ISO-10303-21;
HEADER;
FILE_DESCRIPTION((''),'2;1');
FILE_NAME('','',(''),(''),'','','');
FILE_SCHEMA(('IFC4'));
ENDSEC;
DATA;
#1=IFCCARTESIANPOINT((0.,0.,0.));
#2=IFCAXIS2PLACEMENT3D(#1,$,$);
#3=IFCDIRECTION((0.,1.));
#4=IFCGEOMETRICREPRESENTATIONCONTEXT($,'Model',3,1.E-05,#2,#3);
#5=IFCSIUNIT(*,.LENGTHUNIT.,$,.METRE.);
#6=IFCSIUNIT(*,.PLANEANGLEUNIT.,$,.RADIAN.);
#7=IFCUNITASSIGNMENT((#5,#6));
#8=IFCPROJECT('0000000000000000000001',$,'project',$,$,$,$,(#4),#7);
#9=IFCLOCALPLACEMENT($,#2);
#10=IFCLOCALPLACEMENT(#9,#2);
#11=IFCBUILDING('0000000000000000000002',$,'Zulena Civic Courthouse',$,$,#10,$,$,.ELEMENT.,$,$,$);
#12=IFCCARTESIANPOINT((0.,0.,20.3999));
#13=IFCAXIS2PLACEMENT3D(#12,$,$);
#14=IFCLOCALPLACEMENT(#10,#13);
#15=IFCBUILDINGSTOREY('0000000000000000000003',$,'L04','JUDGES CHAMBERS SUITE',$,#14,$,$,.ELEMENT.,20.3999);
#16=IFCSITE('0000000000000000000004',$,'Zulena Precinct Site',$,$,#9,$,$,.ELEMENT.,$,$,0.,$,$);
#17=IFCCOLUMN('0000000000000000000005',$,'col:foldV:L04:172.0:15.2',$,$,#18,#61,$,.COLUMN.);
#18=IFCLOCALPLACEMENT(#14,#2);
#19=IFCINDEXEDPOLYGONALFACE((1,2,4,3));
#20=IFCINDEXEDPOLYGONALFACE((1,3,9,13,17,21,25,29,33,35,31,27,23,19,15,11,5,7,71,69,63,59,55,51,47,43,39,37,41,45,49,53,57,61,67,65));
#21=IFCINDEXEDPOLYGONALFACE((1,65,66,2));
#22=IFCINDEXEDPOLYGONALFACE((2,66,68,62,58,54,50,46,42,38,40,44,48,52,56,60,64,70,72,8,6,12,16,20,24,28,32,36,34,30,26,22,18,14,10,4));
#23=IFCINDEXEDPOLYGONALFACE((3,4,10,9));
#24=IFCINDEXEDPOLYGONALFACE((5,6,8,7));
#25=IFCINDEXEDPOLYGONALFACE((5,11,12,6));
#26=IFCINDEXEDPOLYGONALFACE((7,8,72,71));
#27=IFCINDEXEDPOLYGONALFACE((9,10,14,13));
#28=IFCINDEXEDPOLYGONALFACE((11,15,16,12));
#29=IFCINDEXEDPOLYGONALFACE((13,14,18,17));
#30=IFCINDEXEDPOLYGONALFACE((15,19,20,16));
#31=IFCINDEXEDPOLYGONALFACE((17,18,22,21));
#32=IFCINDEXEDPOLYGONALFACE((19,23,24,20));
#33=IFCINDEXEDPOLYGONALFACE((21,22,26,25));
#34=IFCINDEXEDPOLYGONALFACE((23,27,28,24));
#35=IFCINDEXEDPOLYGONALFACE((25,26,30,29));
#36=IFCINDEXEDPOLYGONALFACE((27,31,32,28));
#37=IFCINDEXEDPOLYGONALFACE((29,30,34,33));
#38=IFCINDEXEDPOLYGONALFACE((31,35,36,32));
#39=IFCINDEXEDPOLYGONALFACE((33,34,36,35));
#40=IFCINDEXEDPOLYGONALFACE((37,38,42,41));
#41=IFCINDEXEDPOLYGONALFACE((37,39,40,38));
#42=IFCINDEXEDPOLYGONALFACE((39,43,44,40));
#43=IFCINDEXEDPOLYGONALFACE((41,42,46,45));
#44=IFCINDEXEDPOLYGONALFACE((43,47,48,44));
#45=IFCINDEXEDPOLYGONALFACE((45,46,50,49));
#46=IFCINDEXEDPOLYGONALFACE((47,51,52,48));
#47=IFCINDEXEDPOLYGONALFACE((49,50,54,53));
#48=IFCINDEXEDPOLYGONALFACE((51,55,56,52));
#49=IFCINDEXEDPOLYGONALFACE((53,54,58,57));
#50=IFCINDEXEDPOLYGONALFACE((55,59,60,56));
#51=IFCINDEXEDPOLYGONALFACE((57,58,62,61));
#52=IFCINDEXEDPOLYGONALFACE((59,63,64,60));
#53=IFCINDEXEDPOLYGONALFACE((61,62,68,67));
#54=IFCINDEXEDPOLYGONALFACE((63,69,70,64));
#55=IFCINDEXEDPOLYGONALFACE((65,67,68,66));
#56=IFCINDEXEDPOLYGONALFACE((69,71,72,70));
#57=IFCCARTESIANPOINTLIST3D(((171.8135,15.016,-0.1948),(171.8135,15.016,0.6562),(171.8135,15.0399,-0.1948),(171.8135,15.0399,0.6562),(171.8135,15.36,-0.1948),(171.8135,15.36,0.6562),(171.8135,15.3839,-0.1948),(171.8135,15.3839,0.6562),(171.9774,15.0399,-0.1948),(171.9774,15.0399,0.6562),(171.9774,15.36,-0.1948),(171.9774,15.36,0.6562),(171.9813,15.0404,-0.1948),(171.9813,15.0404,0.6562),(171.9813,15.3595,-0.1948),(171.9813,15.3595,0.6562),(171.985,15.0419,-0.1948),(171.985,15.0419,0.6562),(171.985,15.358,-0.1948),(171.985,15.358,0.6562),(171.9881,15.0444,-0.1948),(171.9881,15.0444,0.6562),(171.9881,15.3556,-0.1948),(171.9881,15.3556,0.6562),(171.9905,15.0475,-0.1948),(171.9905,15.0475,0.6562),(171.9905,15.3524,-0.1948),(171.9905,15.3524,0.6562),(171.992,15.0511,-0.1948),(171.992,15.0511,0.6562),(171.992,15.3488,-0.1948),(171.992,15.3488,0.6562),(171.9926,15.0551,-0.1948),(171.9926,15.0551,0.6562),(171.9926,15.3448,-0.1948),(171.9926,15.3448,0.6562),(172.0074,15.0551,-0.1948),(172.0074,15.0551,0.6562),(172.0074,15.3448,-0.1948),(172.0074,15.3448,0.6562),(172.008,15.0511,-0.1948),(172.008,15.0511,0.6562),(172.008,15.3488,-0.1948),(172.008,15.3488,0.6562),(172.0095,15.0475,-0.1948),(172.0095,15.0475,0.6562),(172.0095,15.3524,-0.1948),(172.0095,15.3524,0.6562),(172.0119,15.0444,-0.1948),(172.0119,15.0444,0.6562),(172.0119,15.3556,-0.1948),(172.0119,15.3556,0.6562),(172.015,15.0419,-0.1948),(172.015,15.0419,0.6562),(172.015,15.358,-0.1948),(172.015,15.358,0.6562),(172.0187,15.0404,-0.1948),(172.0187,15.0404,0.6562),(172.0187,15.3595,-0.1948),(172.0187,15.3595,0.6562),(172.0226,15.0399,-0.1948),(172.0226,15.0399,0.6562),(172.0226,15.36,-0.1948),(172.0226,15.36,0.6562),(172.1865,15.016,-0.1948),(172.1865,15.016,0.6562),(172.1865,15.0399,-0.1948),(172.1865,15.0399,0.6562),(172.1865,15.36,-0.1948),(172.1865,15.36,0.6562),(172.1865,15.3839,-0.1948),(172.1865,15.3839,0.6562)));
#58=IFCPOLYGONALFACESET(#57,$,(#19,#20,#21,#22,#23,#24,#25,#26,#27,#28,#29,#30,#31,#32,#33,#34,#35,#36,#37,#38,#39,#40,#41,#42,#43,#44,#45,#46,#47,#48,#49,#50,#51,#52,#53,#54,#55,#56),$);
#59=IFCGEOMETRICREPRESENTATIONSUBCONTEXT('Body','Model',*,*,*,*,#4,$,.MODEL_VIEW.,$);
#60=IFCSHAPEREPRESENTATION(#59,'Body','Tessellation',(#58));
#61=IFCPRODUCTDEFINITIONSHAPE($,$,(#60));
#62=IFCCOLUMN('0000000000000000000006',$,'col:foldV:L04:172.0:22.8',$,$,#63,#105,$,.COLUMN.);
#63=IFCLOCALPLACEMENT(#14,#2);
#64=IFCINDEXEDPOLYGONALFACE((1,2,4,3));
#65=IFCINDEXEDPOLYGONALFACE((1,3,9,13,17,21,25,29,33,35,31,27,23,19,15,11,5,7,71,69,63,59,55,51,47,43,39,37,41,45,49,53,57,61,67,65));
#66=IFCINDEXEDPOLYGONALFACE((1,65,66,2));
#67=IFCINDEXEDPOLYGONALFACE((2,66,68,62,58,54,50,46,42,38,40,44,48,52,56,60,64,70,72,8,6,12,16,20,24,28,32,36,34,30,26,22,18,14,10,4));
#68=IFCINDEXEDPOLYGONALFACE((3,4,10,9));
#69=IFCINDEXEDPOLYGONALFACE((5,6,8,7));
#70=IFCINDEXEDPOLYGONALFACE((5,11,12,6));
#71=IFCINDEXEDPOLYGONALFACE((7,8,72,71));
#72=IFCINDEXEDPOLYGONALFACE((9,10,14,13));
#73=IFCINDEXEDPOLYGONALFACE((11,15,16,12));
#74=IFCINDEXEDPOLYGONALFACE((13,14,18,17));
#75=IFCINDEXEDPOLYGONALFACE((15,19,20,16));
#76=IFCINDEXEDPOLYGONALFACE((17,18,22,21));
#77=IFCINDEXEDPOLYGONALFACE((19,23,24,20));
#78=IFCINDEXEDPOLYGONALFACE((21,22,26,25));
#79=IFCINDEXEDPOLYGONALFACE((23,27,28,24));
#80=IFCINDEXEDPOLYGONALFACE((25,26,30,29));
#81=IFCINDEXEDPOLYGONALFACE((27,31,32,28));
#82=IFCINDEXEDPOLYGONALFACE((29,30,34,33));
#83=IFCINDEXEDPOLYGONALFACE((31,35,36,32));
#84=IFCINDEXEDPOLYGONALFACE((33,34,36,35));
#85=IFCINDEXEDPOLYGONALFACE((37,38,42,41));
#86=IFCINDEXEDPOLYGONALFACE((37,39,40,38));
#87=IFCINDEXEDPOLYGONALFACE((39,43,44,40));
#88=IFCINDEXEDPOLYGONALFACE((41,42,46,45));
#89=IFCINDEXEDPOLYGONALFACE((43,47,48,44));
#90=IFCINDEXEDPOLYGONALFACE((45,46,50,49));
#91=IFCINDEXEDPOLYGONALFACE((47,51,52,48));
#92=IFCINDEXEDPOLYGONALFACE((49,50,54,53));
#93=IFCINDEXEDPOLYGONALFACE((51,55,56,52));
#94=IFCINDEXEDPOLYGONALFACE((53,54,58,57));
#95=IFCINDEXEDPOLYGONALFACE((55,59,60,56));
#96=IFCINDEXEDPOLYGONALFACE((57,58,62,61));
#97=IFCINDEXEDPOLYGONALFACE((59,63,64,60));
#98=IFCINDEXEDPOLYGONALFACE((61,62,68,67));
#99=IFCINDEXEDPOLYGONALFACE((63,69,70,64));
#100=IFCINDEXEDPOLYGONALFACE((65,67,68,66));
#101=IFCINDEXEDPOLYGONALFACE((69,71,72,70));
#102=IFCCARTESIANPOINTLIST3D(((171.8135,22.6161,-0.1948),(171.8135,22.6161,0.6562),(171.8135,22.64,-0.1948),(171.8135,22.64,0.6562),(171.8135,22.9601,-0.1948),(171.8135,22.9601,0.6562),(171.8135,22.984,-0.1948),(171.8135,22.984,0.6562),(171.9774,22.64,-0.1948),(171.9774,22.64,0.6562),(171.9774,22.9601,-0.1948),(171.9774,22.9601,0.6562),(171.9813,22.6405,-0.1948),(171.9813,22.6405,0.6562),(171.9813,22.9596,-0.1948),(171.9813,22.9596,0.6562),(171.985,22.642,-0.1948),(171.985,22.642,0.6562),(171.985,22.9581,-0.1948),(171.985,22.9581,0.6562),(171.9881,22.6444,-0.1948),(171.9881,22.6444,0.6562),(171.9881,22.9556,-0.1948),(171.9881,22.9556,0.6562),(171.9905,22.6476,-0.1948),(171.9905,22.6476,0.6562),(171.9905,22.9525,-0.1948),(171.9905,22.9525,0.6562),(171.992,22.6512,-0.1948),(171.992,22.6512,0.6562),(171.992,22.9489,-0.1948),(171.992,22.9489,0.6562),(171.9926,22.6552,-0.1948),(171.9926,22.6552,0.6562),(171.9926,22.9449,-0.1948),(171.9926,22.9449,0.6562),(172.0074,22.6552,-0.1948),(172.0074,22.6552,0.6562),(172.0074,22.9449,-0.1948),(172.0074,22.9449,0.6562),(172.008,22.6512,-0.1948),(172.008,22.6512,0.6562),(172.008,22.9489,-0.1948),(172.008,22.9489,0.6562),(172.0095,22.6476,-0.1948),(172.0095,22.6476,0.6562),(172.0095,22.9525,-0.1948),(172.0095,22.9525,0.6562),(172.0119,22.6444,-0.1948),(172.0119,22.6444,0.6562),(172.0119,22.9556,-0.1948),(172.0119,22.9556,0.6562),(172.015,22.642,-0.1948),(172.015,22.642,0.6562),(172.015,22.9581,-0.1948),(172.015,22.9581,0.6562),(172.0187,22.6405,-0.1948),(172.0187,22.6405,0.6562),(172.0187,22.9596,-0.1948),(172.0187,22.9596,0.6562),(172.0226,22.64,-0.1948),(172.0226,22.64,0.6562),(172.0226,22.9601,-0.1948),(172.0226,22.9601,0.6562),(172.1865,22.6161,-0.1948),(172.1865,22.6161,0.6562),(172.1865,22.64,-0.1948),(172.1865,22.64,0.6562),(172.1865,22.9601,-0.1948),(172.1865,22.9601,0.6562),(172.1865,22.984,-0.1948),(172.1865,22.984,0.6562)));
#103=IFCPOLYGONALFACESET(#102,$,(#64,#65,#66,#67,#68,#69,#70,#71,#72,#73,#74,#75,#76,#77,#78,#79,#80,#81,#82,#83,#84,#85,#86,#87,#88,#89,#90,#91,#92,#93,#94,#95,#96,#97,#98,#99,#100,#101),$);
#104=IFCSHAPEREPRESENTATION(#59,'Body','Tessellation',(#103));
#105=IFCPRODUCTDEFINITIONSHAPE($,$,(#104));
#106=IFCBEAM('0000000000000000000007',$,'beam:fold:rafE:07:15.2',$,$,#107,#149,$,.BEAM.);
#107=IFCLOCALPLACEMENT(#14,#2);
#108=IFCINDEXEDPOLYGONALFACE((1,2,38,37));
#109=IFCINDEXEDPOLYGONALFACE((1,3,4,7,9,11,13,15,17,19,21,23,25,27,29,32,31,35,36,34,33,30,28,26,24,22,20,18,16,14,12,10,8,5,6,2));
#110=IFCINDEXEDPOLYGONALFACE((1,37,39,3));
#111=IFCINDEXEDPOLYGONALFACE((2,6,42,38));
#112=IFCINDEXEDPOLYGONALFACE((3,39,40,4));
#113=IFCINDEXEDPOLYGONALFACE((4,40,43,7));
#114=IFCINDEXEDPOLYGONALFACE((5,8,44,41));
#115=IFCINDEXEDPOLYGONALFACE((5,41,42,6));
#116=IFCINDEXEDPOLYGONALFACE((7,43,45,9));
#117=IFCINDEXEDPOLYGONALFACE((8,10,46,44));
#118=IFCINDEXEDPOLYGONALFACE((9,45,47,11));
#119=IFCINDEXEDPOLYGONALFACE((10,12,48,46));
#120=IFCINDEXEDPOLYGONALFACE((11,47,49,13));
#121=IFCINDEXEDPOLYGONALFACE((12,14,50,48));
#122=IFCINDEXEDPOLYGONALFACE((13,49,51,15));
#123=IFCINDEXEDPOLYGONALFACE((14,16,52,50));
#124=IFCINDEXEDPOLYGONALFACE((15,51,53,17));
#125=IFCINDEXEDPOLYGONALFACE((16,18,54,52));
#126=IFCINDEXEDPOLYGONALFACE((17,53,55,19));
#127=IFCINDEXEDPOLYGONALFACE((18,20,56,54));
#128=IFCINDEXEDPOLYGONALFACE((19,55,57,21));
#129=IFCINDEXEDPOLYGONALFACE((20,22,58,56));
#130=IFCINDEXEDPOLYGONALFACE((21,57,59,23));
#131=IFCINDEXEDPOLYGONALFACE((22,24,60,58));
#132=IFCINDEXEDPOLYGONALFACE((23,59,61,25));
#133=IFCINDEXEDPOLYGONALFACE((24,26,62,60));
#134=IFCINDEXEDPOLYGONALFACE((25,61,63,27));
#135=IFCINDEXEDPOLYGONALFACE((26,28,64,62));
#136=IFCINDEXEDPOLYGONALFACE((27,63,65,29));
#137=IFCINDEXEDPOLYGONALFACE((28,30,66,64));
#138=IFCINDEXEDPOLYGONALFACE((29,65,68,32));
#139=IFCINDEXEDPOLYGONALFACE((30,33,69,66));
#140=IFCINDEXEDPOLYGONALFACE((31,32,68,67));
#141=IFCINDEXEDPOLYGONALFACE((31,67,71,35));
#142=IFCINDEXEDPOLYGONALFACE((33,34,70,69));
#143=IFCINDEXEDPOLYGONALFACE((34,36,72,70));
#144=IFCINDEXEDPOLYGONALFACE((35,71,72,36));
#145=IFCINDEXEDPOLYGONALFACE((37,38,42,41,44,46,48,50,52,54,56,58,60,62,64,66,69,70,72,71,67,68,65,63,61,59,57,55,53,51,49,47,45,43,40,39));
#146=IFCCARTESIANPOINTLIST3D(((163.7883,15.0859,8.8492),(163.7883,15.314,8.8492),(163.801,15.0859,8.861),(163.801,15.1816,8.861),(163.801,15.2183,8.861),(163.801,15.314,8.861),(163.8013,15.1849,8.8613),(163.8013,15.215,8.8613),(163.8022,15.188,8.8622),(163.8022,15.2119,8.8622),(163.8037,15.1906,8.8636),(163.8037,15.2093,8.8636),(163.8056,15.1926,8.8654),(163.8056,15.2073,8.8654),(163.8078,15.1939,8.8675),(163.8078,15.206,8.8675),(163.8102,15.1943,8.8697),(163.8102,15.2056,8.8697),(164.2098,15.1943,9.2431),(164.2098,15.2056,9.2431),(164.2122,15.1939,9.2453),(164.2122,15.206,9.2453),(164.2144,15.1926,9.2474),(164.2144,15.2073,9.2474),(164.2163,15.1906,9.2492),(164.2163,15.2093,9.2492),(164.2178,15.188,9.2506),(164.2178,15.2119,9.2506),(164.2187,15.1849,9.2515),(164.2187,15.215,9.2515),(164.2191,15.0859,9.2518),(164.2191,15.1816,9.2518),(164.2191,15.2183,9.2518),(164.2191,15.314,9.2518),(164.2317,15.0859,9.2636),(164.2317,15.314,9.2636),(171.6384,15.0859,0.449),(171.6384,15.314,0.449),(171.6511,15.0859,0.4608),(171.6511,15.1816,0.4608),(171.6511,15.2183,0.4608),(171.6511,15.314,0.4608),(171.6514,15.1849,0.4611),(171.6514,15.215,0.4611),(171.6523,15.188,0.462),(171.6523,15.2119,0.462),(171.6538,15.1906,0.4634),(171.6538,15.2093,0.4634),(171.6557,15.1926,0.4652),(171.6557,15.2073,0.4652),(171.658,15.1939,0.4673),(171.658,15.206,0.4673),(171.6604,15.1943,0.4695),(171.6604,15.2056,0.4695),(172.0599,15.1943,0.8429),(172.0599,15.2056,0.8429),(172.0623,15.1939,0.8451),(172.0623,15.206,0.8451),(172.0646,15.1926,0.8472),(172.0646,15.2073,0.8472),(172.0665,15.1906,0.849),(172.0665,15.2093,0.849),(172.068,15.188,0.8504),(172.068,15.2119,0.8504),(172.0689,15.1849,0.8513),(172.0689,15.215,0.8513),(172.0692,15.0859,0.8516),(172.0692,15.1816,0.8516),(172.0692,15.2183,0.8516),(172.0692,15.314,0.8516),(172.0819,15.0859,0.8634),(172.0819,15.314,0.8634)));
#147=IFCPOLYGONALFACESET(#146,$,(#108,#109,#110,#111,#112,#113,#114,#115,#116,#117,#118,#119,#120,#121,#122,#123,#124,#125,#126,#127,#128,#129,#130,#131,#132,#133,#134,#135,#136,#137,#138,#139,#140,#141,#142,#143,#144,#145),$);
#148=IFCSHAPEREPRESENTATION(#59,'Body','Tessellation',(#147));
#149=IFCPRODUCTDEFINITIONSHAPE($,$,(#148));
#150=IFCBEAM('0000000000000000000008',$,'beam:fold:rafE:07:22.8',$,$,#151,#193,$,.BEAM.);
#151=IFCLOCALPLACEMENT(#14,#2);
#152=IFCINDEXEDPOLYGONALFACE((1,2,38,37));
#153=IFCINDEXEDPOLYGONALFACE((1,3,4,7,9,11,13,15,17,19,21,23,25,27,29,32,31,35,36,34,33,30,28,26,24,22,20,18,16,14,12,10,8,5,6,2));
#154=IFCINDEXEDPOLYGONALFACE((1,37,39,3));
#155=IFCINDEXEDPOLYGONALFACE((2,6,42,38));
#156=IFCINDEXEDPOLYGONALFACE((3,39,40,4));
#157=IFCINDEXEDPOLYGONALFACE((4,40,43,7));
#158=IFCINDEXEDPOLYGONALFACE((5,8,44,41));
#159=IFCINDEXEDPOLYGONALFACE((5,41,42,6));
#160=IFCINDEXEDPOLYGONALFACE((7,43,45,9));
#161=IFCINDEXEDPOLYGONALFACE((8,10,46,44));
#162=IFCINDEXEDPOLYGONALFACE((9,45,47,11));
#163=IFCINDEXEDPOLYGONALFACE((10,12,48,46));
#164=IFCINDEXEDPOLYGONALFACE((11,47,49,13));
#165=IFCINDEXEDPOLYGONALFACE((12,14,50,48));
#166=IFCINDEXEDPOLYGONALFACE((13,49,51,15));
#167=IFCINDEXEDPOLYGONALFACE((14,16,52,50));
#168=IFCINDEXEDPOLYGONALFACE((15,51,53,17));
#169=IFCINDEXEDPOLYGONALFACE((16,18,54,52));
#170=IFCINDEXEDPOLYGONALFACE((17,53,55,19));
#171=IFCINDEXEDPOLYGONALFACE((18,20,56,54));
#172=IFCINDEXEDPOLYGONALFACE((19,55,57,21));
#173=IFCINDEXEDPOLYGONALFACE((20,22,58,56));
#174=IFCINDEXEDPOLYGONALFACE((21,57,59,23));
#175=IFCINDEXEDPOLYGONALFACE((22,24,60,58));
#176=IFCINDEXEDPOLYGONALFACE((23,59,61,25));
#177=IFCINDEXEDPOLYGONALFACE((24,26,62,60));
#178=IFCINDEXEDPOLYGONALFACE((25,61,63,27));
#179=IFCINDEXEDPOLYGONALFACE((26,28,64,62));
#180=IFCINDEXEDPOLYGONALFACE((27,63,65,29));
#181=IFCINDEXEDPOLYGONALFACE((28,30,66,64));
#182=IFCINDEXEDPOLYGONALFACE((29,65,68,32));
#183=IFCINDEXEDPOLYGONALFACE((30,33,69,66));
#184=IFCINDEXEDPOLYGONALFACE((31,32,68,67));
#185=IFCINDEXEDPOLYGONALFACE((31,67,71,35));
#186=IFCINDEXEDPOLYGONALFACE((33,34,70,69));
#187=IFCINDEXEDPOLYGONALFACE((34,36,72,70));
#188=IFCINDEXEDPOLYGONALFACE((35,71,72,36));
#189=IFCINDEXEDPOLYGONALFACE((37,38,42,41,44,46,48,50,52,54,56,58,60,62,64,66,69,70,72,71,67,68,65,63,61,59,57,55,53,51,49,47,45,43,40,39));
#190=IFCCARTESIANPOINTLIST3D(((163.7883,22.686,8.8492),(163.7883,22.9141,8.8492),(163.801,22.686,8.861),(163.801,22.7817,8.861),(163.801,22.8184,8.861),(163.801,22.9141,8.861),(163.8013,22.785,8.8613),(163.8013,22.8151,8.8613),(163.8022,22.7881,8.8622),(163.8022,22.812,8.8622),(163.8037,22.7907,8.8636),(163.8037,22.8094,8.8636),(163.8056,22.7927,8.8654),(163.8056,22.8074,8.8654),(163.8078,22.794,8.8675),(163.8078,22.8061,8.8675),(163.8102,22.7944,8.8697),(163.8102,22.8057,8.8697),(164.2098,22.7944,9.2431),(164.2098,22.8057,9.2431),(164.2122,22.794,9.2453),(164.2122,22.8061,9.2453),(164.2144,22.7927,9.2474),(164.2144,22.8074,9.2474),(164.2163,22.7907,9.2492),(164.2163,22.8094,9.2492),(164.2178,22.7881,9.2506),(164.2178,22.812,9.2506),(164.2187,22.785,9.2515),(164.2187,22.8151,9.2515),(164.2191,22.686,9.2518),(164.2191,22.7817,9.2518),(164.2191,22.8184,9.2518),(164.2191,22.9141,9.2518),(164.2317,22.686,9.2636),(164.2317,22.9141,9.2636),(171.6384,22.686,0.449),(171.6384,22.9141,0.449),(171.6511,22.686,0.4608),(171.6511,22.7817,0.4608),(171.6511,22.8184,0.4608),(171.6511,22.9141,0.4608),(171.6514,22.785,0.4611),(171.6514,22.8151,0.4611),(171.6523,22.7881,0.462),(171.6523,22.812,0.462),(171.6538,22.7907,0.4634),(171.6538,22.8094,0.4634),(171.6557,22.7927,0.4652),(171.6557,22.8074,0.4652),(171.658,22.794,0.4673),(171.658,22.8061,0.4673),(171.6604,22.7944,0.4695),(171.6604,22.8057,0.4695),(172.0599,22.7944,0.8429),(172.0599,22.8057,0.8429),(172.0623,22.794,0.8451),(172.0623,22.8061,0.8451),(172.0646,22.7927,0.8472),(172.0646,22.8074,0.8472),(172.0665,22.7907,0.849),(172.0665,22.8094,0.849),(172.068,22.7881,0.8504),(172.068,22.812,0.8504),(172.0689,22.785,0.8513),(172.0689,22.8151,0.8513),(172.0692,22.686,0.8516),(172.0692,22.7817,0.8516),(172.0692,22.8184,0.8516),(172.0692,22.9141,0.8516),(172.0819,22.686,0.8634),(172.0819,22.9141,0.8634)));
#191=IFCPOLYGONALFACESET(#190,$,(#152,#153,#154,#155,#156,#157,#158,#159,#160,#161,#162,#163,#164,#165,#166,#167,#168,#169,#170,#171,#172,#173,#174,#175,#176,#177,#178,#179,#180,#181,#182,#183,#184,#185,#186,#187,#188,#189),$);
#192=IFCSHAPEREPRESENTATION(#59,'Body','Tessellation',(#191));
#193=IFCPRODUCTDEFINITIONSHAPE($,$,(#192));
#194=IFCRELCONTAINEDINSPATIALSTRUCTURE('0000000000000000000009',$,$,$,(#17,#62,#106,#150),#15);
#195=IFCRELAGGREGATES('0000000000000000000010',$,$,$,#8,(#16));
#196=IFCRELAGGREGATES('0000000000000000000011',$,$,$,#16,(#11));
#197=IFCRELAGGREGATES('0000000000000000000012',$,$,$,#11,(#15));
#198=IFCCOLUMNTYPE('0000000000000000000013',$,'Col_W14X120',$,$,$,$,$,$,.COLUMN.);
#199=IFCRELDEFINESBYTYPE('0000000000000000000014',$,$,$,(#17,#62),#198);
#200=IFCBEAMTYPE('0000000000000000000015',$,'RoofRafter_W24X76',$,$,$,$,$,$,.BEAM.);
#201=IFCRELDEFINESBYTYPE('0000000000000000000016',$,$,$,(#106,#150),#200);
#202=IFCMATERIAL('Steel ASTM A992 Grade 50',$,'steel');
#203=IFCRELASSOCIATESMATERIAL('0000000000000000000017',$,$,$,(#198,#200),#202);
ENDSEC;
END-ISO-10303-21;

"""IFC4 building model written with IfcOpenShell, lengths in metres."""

from ifc_helpers import new_model, si_unit, direction, frame, origin, origin_2d, place, context, subcontext, project, spatial, i_section, extrude, material, material_profile, profile_set, type_object, element, save


model = new_model("IFC4")

# Units and contexts
model_context = context("Model", 3, precision=1e-05, world=origin(), true_north=direction((0.0, 1.0)))
body_context = subcontext(model_context, "Body", "Model", "MODEL_VIEW")
ifc_project = project(units=[si_unit("LENGTHUNIT", "METRE"), si_unit("PLANEANGLEUNIT", "RADIAN")], contexts=[model_context])

# Site, building, storey
site_placement = place(None, origin())
site = spatial("IfcSite", under=ifc_project, at=site_placement, Name="Zulena Precinct Site", CompositionType="ELEMENT", RefElevation=0.0)
building_placement = place(site_placement, origin())
building = spatial("IfcBuilding", under=site, at=building_placement, Name="Zulena Civic Courthouse", CompositionType="ELEMENT")
storey_placement = place(building_placement, frame((0.0, 0.0, 20.3999)))
storey = spatial("IfcBuildingStorey", under=building, at=storey_placement, Name="L04", Description="JUDGES CHAMBERS SUITE", CompositionType="ELEMENT", Elevation=20.3999)

# Columns
ifc_material_1 = material(Name="Steel ASTM A992 Grade 50", Category="steel")
ifc_material_profile_1 = material_profile(ifc_material_1, i_section(OverallWidth=0.373, OverallDepth=0.3679, WebThickness=0.0149, FlangeThickness=0.0239, FilletRadius=0.0151, at=origin_2d()), Name="W14X120")
ifc_profile_set_1 = profile_set([ifc_material_profile_1], Name="Steel ASTM A992 Grade 50")
column_type = type_object("IfcColumnType", Name="Col_W14X120", PredefinedType="COLUMN", material=ifc_profile_set_1)
for number, where, z_axis, x_axis, name in (
    (1, (172.0, 15.2, -0.1948), (0.0, 0.0, 1.0), (1.0, 0.0, 0.0), "col:foldV:L04:172.0:15.2"),
    (2, (172.0, 22.8, -0.1948), (0.0, 0.0, 1.0), (1.0, 0.0, 0.0), "col:foldV:L04:172.0:22.8"),
):
    element("IfcColumn", number, at=place(storey_placement, frame(where, z_axis=z_axis, x_axis=x_axis)), inside=storey, type_object=column_type, Name=name, PredefinedType="COLUMN", context=body_context, shape_type="SweptSolid", body=[
        extrude(i_section(OverallWidth=0.373, OverallDepth=0.3679, WebThickness=0.0149, FlangeThickness=0.0239, FilletRadius=0.0151, at=origin_2d()), origin(), (0.0, 0.0, 1.0), 0.8511),
    ])

# Beams
ifc_material_profile_2 = material_profile(ifc_material_1, i_section(OverallWidth=0.228, OverallDepth=0.6069, WebThickness=0.0112, FlangeThickness=0.0173, FilletRadius=0.0127, at=origin_2d()), Name="W24X76")
ifc_profile_set_2 = profile_set([ifc_material_profile_2], Name="Steel ASTM A992 Grade 50")
beam_type_1 = type_object("IfcBeamType", Name="RoofRafter_W24X76", PredefinedType="BEAM", material=ifc_profile_set_2)
for number, where, z_axis, x_axis, name in (
    (3, (164.01, 15.2, 9.0564), (0.682781, 0.0, -0.730623), (0.0, 1.0, 0.0), "beam:fold:rafE:07:15.2"),
    (4, (164.01, 22.8, 9.0564), (0.682781, 0.0, -0.730623), (0.0, 1.0, 0.0), "beam:fold:rafE:07:22.8"),
):
    element("IfcBeam", number, at=place(storey_placement, frame(where, z_axis=z_axis, x_axis=x_axis)), inside=storey, type_object=beam_type_1, Name=name, PredefinedType="BEAM", context=body_context, shape_type="SweptSolid", body=[
        extrude(i_section(OverallWidth=0.228, OverallDepth=0.6069, WebThickness=0.0112, FlangeThickness=0.0173, FilletRadius=0.0127, at=origin_2d()), origin(), (0.0, 0.0, 1.0), 11.4973),
    ])

save(model, "model.ifc")
